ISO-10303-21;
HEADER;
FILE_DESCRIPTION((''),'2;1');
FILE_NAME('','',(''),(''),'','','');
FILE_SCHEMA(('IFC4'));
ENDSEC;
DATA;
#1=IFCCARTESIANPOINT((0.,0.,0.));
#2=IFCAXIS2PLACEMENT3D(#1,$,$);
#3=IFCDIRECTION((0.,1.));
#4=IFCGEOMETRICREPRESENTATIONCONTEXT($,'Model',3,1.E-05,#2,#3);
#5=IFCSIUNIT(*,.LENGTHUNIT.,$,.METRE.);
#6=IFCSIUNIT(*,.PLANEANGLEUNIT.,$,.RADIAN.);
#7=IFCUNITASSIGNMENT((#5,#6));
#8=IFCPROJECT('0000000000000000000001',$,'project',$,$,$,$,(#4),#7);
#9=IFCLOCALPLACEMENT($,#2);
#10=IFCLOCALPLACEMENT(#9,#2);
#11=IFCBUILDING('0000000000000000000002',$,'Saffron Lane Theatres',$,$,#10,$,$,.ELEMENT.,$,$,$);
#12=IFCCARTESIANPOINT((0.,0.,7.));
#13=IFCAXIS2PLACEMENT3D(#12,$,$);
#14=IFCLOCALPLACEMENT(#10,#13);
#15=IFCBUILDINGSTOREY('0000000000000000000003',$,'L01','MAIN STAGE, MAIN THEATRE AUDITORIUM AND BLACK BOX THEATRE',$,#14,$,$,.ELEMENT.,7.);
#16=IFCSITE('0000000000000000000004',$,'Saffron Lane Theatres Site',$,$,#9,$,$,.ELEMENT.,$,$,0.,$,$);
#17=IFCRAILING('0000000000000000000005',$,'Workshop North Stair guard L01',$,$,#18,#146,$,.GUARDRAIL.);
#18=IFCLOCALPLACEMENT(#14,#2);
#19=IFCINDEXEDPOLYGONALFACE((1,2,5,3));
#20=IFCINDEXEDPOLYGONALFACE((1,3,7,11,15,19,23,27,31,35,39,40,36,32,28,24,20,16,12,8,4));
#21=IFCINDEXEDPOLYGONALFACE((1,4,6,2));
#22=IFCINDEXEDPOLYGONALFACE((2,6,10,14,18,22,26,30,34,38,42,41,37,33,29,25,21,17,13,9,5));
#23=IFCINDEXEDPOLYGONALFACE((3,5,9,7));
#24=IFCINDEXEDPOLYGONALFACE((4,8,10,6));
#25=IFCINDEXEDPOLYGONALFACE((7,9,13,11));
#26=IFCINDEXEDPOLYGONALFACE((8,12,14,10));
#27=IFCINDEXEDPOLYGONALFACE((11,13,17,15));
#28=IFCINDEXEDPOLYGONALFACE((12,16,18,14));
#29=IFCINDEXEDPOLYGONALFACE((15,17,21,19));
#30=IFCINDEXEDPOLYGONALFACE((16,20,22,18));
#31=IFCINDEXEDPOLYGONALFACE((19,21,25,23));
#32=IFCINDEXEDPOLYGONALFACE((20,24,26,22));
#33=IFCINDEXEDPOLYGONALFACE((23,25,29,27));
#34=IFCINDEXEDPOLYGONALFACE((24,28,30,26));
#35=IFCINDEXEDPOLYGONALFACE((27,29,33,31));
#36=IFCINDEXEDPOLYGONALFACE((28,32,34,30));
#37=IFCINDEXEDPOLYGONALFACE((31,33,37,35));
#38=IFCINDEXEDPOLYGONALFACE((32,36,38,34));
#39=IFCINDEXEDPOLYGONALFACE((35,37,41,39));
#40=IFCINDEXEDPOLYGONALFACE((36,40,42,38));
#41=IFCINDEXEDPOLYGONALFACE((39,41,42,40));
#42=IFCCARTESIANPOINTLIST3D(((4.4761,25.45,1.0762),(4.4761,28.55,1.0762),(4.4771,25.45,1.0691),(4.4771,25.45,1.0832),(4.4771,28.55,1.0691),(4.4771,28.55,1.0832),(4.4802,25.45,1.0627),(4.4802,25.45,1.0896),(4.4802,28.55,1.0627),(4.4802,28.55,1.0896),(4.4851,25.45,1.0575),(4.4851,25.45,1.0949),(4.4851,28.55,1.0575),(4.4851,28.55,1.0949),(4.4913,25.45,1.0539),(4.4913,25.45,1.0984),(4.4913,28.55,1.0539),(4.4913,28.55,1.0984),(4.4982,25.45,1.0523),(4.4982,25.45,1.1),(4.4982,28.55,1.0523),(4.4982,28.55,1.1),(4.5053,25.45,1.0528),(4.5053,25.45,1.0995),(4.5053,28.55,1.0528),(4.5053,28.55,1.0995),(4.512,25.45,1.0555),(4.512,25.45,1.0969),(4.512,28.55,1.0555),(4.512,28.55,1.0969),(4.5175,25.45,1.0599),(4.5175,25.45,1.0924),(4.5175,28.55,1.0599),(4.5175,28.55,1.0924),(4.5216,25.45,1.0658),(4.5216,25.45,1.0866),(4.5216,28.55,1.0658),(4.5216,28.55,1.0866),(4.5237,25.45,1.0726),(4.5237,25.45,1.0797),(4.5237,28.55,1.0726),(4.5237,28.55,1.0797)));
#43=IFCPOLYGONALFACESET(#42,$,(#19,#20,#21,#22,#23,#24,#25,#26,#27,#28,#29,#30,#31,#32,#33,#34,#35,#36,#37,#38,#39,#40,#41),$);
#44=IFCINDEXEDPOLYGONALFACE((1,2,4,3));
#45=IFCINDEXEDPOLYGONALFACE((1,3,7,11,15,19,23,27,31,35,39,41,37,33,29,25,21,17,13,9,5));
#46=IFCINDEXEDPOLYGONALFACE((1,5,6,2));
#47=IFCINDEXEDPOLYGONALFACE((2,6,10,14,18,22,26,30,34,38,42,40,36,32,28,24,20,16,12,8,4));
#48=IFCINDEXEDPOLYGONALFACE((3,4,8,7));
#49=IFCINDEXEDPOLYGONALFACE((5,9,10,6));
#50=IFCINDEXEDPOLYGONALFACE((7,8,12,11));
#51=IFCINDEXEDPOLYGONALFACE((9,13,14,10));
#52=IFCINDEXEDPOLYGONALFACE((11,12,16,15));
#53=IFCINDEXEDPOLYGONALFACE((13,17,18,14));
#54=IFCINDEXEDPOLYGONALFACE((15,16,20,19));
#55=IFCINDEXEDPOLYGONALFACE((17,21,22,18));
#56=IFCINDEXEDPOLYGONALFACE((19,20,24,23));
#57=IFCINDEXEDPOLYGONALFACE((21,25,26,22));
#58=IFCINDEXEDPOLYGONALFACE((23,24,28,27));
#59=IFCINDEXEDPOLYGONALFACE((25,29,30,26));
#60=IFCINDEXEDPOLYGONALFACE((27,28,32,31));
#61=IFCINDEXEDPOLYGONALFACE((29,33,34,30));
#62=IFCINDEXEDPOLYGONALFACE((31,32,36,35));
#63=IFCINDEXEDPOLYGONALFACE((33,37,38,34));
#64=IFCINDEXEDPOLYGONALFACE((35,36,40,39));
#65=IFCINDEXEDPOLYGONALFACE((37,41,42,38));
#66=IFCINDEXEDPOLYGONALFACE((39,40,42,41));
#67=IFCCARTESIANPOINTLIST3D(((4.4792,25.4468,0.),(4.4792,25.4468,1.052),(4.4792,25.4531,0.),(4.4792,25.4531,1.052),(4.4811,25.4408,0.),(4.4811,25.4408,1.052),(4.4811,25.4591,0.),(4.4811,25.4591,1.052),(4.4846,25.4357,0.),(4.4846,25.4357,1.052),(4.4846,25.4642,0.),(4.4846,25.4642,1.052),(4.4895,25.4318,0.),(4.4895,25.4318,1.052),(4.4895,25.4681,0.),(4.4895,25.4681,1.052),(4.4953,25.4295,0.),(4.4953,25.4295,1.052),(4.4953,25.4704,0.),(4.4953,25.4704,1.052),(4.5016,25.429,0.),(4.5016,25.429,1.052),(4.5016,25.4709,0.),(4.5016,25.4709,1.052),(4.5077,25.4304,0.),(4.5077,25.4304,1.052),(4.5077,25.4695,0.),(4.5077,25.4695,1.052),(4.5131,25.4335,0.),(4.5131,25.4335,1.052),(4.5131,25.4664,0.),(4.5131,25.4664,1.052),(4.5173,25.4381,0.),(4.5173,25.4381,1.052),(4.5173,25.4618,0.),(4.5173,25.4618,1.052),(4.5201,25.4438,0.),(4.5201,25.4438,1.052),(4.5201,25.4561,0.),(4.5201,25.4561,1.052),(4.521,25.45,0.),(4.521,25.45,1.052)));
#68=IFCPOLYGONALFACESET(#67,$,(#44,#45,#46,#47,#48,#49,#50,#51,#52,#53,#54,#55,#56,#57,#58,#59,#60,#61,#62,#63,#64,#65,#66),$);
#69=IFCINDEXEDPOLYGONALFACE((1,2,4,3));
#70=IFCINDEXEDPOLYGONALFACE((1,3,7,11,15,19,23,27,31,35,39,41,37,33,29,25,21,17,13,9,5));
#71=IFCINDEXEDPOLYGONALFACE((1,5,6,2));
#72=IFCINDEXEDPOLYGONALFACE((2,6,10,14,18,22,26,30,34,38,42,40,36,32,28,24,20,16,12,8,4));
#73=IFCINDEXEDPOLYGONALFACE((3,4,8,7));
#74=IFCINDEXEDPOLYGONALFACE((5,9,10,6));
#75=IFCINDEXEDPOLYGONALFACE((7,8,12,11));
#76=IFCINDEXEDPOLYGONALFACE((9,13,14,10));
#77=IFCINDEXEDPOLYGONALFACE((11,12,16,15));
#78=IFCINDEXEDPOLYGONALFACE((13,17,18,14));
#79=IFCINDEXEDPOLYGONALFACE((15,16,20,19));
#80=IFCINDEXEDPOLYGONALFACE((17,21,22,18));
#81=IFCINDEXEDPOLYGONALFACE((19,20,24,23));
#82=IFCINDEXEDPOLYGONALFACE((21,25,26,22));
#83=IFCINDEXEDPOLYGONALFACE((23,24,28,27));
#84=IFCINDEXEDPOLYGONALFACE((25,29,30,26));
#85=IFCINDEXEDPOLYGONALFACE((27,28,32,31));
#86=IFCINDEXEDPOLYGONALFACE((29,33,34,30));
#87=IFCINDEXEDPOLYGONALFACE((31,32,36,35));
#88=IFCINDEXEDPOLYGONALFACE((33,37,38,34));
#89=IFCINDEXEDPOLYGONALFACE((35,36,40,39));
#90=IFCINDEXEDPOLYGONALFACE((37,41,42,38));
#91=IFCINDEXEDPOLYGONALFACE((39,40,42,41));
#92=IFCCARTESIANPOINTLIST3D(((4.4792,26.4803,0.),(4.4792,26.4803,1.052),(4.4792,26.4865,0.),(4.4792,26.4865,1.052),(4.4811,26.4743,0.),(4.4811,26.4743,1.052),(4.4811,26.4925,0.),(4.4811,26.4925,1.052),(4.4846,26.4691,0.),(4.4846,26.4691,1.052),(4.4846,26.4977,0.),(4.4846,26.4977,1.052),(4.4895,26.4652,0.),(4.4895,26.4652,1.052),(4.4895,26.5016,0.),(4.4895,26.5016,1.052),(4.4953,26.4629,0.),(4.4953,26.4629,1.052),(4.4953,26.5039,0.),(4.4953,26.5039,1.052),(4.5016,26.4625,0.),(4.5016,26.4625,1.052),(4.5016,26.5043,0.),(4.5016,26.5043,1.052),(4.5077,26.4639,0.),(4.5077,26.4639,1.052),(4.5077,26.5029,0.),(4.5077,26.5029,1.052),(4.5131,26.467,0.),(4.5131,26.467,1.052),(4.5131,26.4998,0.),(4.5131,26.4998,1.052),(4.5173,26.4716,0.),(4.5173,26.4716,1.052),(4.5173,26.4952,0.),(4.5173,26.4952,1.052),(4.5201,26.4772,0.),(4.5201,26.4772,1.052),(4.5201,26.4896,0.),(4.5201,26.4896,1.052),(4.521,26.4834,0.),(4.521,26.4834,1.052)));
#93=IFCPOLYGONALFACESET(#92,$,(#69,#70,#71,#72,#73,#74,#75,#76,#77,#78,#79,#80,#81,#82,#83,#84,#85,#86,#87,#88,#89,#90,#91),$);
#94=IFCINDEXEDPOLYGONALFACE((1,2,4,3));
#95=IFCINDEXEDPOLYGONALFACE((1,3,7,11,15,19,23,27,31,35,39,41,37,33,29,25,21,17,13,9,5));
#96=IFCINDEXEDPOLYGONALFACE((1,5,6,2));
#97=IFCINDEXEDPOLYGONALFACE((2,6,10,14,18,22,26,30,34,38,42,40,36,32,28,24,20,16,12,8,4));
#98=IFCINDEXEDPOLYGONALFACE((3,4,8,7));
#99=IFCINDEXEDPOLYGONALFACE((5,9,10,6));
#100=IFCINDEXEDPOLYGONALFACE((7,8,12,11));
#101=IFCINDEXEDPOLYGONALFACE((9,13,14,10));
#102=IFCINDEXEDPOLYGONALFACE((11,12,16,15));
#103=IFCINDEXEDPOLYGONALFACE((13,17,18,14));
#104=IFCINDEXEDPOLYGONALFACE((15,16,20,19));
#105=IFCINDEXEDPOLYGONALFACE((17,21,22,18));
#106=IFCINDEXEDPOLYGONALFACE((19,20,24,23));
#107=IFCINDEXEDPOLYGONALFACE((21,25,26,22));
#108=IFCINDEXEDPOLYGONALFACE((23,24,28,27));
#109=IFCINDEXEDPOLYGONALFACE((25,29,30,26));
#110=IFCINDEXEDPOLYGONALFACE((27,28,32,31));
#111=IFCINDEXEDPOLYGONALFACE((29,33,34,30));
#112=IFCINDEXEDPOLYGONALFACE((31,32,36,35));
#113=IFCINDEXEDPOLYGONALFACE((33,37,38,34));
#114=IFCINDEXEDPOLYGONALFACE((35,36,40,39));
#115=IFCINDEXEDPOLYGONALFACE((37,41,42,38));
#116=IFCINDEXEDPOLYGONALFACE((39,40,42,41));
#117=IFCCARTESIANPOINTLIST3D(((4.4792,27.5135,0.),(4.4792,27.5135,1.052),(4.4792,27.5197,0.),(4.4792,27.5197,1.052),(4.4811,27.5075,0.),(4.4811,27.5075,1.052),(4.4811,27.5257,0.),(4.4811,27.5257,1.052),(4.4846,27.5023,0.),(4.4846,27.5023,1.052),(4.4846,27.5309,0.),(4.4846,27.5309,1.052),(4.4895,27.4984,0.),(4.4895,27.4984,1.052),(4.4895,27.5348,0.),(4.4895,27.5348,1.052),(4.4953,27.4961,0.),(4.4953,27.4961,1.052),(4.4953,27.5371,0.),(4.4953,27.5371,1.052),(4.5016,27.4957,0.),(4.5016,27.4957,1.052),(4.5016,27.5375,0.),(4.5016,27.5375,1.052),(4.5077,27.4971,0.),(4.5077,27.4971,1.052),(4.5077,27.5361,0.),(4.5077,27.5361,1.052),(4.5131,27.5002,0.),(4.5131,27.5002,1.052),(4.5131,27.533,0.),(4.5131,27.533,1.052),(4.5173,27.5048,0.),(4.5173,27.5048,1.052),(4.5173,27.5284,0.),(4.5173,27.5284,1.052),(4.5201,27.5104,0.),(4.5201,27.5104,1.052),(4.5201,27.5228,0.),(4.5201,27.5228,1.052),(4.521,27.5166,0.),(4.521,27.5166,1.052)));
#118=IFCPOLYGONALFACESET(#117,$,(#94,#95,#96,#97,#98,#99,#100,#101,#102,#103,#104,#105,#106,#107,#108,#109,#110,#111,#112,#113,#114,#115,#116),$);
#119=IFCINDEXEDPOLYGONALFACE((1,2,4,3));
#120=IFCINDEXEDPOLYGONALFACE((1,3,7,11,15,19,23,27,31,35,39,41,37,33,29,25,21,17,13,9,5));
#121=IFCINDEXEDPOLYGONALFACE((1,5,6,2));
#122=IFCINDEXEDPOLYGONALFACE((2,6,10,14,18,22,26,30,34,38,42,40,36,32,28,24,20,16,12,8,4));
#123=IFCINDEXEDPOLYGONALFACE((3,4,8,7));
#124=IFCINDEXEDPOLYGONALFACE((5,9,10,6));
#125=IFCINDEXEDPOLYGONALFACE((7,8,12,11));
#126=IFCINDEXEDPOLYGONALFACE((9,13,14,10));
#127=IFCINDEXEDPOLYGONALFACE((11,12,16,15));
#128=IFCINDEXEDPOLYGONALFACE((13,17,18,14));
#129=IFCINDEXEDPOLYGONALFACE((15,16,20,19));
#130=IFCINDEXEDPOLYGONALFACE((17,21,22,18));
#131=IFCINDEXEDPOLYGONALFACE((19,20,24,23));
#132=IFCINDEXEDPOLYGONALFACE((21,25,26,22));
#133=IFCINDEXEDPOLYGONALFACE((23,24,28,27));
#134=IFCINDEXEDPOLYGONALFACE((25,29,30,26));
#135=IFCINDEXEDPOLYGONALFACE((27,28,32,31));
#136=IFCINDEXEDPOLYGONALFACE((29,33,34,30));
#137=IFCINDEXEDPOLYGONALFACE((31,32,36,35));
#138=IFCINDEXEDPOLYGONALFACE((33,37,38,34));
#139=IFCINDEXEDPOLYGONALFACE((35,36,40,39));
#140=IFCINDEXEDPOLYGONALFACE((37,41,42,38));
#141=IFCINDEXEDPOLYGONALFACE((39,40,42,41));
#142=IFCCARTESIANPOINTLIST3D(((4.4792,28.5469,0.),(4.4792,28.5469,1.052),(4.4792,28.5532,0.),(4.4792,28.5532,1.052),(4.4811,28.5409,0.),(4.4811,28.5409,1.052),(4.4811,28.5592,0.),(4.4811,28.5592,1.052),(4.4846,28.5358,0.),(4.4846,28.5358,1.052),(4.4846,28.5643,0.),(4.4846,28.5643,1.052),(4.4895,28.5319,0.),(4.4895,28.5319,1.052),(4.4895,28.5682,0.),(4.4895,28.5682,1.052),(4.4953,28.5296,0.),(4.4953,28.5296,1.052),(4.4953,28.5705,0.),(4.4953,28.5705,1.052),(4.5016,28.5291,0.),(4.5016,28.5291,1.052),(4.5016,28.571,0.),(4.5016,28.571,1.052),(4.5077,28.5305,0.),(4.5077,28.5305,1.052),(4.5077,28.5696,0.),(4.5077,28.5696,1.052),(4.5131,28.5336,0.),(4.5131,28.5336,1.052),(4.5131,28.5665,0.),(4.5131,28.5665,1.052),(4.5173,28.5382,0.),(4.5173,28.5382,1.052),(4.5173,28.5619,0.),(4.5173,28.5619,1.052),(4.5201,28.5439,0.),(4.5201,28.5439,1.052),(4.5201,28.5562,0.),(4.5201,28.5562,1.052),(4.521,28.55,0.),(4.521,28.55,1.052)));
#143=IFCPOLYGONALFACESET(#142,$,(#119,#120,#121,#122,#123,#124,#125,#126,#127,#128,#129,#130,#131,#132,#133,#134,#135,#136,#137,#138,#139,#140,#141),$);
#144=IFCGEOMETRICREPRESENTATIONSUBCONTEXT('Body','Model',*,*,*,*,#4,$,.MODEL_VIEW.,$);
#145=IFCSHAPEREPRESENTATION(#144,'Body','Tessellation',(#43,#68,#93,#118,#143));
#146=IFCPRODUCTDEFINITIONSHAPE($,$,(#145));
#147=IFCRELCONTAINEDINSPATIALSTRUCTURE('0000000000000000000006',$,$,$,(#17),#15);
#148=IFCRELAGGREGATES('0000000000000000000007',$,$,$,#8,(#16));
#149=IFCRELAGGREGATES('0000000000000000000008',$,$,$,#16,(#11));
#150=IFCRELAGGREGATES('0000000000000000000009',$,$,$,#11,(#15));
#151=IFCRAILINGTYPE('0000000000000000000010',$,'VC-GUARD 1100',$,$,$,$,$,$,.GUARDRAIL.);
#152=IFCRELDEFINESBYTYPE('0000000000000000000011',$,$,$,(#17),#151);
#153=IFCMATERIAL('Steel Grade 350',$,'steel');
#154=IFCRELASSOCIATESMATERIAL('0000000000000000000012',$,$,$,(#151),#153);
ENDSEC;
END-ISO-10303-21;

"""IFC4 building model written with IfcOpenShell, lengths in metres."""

from ifc_helpers import new_model, si_unit, direction, frame, origin, origin_2d, place, context, subcontext, project, spatial, circle, extrude, material, type_object, element, save


model = new_model("IFC4")

# Units and contexts
model_context = context("Model", 3, precision=1e-05, world=origin(), true_north=direction((0.0, 1.0)))
body_context = subcontext(model_context, "Body", "Model", "MODEL_VIEW")
ifc_project = project(units=[si_unit("LENGTHUNIT", "METRE"), si_unit("PLANEANGLEUNIT", "RADIAN")], contexts=[model_context])

# Site, building, storey
site_placement = place(None, origin())
site = spatial("IfcSite", under=ifc_project, at=site_placement, Name="Saffron Lane Theatres Site", CompositionType="ELEMENT", RefElevation=0.0)
building_placement = place(site_placement, origin())
building = spatial("IfcBuilding", under=site, at=building_placement, Name="Saffron Lane Theatres", CompositionType="ELEMENT")
storey_placement = place(building_placement, frame((0.0, 0.0, 7.0)))
storey = spatial("IfcBuildingStorey", under=building, at=storey_placement, Name="L01", Description="MAIN STAGE, MAIN THEATRE AUDITORIUM AND BLACK BOX THEATRE", CompositionType="ELEMENT", Elevation=7.0)

# Railing
ifc_material_1 = material(Name="Steel Grade 350", Category="steel")
railing_type = type_object("IfcRailingType", Name="VC-GUARD 1100", PredefinedType="GUARDRAIL", material=ifc_material_1)
railing_placement = place(storey_placement, frame((4.5, 25.45, 0.0)))
element("IfcRailing", 1, at=railing_placement, inside=storey, type_object=railing_type, Name="Workshop North Stair guard L01", PredefinedType="GUARDRAIL", context=body_context, shape_type="SweptSolid", body=[
    extrude(circle(Radius=0.0239, at=origin_2d()), frame((0.0, 0.0, 1.0762), z_axis=(0.0, 1.0, 0.0), x_axis=(-1.0, 0.0, 0.0)), (0.0, 0.0, 1.0), 3.1001),
    extrude(circle(Radius=0.021, at=origin_2d()), origin(), (0.0, 0.0, 1.0), 1.052),
    extrude(circle(Radius=0.021, at=origin_2d()), frame((0.0, 1.0334, 0.0)), (0.0, 0.0, 1.0), 1.052),
    extrude(circle(Radius=0.021, at=origin_2d()), frame((0.0, 2.0667, 0.0)), (0.0, 0.0, 1.0), 1.052),
    extrude(circle(Radius=0.021, at=origin_2d()), frame((0.0, 3.1001, 0.0)), (0.0, 0.0, 1.0), 1.052),
])

save(model, "model.ifc")
